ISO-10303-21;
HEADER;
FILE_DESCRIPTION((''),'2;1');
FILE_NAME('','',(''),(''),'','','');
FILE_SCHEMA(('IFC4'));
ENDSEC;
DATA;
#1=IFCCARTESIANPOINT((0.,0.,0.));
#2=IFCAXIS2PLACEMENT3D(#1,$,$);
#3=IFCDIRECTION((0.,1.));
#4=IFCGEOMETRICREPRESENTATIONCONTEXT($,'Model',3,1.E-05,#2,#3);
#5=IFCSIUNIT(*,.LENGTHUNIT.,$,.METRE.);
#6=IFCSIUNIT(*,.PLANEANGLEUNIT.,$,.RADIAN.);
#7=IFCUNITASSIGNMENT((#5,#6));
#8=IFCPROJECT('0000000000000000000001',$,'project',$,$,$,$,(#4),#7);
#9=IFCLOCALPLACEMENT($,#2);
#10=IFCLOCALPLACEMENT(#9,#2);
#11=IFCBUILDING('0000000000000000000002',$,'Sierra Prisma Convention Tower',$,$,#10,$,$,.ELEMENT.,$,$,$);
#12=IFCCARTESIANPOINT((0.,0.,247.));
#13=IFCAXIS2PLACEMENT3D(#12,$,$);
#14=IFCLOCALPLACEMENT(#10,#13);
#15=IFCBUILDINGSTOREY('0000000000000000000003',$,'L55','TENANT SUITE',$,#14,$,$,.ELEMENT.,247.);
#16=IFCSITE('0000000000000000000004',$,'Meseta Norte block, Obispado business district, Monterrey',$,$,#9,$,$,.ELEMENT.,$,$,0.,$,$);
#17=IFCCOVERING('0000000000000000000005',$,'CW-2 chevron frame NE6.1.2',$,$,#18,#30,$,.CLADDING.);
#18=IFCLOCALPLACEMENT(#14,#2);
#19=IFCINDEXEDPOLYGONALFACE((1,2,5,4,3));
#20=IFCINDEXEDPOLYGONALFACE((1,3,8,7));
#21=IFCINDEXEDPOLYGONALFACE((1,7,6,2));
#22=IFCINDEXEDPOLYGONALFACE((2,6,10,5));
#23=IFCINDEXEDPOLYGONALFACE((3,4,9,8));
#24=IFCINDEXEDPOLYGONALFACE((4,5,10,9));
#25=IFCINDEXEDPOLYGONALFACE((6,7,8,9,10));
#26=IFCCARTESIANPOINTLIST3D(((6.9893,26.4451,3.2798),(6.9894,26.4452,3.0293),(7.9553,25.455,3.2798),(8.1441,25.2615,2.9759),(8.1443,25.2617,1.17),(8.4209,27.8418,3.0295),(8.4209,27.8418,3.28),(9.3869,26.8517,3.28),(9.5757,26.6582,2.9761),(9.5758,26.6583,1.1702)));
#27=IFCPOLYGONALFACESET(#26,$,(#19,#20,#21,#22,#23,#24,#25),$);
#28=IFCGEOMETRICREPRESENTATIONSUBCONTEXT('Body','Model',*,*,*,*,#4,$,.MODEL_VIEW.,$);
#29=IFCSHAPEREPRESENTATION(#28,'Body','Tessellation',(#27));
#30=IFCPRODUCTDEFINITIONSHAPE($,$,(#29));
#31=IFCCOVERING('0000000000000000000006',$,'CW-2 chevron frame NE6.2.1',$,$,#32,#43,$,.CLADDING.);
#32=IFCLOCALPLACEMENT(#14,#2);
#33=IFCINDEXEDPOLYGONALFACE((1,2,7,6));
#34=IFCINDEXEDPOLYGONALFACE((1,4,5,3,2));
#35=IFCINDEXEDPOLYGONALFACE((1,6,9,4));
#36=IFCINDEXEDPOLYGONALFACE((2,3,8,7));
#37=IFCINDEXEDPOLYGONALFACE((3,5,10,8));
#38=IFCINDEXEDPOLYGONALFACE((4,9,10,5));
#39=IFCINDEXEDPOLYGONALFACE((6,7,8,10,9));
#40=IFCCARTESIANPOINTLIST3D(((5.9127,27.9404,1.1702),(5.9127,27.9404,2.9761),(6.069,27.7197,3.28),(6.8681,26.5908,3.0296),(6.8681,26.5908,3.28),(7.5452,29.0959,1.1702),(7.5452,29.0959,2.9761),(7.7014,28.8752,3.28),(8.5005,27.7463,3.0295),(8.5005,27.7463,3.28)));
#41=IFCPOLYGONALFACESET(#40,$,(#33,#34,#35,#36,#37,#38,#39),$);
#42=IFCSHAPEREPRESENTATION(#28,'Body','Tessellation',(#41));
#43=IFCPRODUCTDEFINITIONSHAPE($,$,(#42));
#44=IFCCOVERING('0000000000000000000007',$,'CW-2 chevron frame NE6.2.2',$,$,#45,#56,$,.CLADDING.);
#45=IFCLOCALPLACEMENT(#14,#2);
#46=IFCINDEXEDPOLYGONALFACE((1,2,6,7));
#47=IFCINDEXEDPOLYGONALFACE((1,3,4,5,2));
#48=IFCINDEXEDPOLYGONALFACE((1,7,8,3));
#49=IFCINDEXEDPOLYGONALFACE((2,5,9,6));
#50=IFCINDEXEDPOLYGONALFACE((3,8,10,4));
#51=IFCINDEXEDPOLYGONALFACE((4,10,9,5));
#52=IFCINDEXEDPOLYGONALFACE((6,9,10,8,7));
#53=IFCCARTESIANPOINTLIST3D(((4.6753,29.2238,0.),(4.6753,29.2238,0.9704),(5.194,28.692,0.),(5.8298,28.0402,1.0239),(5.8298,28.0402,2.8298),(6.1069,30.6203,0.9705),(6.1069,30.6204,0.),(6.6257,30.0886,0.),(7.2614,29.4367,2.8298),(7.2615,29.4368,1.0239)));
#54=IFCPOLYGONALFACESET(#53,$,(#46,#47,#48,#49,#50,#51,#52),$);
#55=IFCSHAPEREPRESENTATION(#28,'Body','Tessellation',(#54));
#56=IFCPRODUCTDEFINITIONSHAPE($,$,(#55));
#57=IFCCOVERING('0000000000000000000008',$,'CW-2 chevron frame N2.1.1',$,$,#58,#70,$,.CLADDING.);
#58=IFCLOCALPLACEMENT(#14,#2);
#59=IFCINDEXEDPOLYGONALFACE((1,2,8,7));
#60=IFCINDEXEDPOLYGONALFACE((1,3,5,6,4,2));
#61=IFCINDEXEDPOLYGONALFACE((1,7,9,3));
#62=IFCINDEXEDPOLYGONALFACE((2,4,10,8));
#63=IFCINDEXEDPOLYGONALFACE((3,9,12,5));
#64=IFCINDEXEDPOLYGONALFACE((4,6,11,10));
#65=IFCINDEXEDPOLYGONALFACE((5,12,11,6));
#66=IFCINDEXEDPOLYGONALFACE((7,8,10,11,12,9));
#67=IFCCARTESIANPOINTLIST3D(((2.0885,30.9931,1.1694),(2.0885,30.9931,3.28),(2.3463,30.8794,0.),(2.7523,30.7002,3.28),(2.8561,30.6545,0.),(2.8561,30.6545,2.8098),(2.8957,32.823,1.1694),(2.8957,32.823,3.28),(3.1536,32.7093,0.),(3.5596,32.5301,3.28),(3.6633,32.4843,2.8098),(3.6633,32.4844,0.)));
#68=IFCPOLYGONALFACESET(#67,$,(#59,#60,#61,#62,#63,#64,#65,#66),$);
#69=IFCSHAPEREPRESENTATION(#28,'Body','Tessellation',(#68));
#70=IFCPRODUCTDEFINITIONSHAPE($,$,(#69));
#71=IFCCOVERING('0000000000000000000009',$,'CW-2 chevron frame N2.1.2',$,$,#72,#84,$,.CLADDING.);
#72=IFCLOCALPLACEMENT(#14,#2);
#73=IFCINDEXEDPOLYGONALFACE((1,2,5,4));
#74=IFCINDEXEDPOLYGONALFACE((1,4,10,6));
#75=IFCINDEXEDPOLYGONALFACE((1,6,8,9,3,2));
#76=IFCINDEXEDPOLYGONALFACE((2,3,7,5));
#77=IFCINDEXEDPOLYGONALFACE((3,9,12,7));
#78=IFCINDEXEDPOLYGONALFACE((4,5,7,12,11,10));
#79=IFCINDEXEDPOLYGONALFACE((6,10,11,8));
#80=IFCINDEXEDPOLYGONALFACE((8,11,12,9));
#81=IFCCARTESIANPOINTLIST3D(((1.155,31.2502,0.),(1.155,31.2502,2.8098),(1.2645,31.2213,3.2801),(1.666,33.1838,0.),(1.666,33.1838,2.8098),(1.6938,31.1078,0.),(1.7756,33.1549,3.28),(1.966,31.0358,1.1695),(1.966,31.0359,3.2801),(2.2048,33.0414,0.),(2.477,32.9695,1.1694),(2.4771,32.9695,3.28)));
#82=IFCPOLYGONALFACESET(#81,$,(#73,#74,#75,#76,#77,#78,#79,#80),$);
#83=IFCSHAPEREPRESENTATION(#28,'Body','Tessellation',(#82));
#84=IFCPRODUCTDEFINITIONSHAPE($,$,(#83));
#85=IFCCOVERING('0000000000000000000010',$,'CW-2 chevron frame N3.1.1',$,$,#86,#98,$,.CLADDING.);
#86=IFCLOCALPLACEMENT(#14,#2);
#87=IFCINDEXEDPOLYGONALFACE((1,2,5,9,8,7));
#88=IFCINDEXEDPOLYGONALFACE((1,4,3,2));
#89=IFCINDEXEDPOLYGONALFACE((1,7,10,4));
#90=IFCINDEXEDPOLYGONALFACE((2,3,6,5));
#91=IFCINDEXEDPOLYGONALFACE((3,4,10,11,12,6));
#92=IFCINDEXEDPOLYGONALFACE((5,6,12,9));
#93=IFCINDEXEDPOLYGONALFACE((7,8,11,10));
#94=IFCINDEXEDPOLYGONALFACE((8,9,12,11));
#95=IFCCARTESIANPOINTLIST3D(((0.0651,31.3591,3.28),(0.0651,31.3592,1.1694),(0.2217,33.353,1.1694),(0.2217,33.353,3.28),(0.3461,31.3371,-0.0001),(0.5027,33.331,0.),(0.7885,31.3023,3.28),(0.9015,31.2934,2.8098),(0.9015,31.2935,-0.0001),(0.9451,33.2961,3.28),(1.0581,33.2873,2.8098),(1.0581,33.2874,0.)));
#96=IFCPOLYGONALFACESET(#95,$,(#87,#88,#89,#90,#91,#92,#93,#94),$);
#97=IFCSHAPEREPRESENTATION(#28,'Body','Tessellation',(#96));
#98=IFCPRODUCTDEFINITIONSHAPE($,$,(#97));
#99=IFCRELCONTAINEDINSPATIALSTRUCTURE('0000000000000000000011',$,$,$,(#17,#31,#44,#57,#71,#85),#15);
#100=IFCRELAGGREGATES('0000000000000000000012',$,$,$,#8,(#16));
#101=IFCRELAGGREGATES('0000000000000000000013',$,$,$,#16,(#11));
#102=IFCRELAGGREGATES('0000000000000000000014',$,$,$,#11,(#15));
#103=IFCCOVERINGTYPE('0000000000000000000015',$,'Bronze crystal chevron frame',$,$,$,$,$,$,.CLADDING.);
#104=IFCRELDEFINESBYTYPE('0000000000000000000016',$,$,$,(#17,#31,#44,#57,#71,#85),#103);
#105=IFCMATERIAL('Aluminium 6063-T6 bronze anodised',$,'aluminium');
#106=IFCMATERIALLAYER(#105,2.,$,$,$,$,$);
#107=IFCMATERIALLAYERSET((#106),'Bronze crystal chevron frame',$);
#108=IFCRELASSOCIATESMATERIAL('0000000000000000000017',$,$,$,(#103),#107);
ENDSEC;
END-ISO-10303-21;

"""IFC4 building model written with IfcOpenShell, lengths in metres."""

from ifc_helpers import new_model, si_unit, direction, frame, origin, place, context, subcontext, project, spatial, polyline, outline, extrude, material, layer, layer_set, type_object, element, save


model = new_model("IFC4")

# Units and contexts
model_context = context("Model", 3, precision=1e-05, world=origin(), true_north=direction((0.0, 1.0)))
body_context = subcontext(model_context, "Body", "Model", "MODEL_VIEW")
ifc_project = project(units=[si_unit("LENGTHUNIT", "METRE"), si_unit("PLANEANGLEUNIT", "RADIAN")], contexts=[model_context])

# Site, building, storey
site_placement = place(None, origin())
site = spatial("IfcSite", under=ifc_project, at=site_placement, Name="Meseta Norte block, Obispado business district, Monterrey", CompositionType="ELEMENT", RefElevation=0.0)
building_placement = place(site_placement, origin())
building = spatial("IfcBuilding", under=site, at=building_placement, Name="Sierra Prisma Convention Tower", CompositionType="ELEMENT")
storey_placement = place(building_placement, frame((0.0, 0.0, 247.0)))
storey = spatial("IfcBuildingStorey", under=building, at=storey_placement, Name="L55", Description="TENANT SUITE", CompositionType="ELEMENT", Elevation=247.0)

# Coverings
ifc_material_1 = material(Name="Aluminium 6063-T6 bronze anodised", Category="aluminium")
ifc_layer_1 = layer(ifc_material_1, 2.0)
ifc_layer_set_1 = layer_set([ifc_layer_1], Name="Bronze crystal chevron frame")
covering_type = type_object("IfcCoveringType", Name="Bronze crystal chevron frame", PredefinedType="CLADDING", material=ifc_layer_set_1)
covering_1_placement = place(storey_placement, frame((9.5757, 26.6582, 2.9761), z_axis=(0.715776, 0.69833, 0.000097), x_axis=(0.000069, 0.000067, -1.0)))
element("IfcCovering", 1, at=covering_1_placement, inside=storey, type_object=covering_type, Name="CW-2 chevron frame NE6.1.2", PredefinedType="CLADDING", context=body_context, shape_type="SweptSolid", body=[
    extrude(outline(polyline([(0.0, 0.0), (1.8059, 0.0), (-0.0535, 1.6536), (-0.304, 1.6536), (-0.304, 0.2704), (0.0, 0.0)])), origin(), (0.0, 0.0, -1.0), 2.0),
])
covering_2_placement = place(storey_placement, frame((8.5005, 27.7463, 3.28), z_axis=(0.816211, 0.577754, -0.000009), x_axis=(-0.000007, -0.000005, -1.0)))
element("IfcCovering", 2, at=covering_2_placement, inside=storey, type_object=covering_type, Name="CW-2 chevron frame NE6.2.1", PredefinedType="CLADDING", context=body_context, shape_type="SweptSolid", body=[
    extrude(outline(polyline([(0.0, 0.0), (0.2505, 0.0), (2.1099, 1.6535), (0.304, 1.6535), (0.0, 1.3831), (0.0, 0.0)])), origin(), (0.0, 0.0, -1.0), 2.0),
])
covering_3_placement = place(storey_placement, frame((6.1069, 30.6204, 0.0), z_axis=(0.715827, 0.698278, 0.000025), x_axis=(-0.000018, -0.000017, 1.0)))
element("IfcCovering", 3, at=covering_3_placement, inside=storey, type_object=covering_type, Name="CW-2 chevron frame NE6.2.2", PredefinedType="CLADDING", context=body_context, shape_type="SweptSolid", body=[
    extrude(outline(polyline([(0.0, 0.0), (0.9705, 0.0), (2.8298, 1.6534), (1.0239, 1.6534), (0.0, 0.7429), (0.0, 0.0)])), origin(), (0.0, 0.0, -1.0), 2.0),
])
covering_4_placement = place(storey_placement, frame((3.6633, 32.4844, 0.0), z_axis=(0.403629, 0.914923, 0.000013), x_axis=(-0.914923, 0.403629, 0.0)))
element("IfcCovering", 4, at=covering_4_placement, inside=storey, type_object=covering_type, Name="CW-2 chevron frame N2.1.1", PredefinedType="CLADDING", context=body_context, shape_type="SweptSolid", body=[
    extrude(outline(polyline([(0.0, 0.0), (0.5572, 0.0), (0.839, 1.1694), (0.839, 3.28), (0.1134, 3.28), (0.0, 2.8098), (0.0, 0.0)])), origin(), (0.0, 0.0, -1.0), 2.0),
])
covering_5_placement = place(storey_placement, frame((2.4771, 32.9695, 3.28), z_axis=(0.255523, 0.966803, -0.000014), x_axis=(-0.000004, -0.000014, -1.0)))
element("IfcCovering", 5, at=covering_5_placement, inside=storey, type_object=covering_type, Name="CW-2 chevron frame N2.1.2", PredefinedType="CLADDING", context=body_context, shape_type="SweptSolid", body=[
    extrude(outline(polyline([(0.0, 0.0), (2.1106, 0.0), (3.28, 0.2816), (3.28, 0.8389), (0.4702, 0.8389), (0.0, 0.7255), (0.0, 0.0)])), origin(), (0.0, 0.0, -1.0), 2.0),
])
covering_6_placement = place(storey_placement, frame((1.0581, 33.2874, 0.0), z_axis=(0.078305, 0.996929, 0.000029), x_axis=(-0.996929, 0.078305, 0.0)))
element("IfcCovering", 6, at=covering_6_placement, inside=storey, type_object=covering_type, Name="CW-2 chevron frame N3.1.1", PredefinedType="CLADDING", context=body_context, shape_type="SweptSolid", body=[
    extrude(outline(polyline([(0.0, 0.0), (0.5571, 0.0), (0.839, 1.1694), (0.839, 3.28), (0.1134, 3.28), (0.0, 2.8098), (0.0, 0.0)])), origin(), (0.0, 0.0, -1.0), 2.0),
])

save(model, "model.ifc")
